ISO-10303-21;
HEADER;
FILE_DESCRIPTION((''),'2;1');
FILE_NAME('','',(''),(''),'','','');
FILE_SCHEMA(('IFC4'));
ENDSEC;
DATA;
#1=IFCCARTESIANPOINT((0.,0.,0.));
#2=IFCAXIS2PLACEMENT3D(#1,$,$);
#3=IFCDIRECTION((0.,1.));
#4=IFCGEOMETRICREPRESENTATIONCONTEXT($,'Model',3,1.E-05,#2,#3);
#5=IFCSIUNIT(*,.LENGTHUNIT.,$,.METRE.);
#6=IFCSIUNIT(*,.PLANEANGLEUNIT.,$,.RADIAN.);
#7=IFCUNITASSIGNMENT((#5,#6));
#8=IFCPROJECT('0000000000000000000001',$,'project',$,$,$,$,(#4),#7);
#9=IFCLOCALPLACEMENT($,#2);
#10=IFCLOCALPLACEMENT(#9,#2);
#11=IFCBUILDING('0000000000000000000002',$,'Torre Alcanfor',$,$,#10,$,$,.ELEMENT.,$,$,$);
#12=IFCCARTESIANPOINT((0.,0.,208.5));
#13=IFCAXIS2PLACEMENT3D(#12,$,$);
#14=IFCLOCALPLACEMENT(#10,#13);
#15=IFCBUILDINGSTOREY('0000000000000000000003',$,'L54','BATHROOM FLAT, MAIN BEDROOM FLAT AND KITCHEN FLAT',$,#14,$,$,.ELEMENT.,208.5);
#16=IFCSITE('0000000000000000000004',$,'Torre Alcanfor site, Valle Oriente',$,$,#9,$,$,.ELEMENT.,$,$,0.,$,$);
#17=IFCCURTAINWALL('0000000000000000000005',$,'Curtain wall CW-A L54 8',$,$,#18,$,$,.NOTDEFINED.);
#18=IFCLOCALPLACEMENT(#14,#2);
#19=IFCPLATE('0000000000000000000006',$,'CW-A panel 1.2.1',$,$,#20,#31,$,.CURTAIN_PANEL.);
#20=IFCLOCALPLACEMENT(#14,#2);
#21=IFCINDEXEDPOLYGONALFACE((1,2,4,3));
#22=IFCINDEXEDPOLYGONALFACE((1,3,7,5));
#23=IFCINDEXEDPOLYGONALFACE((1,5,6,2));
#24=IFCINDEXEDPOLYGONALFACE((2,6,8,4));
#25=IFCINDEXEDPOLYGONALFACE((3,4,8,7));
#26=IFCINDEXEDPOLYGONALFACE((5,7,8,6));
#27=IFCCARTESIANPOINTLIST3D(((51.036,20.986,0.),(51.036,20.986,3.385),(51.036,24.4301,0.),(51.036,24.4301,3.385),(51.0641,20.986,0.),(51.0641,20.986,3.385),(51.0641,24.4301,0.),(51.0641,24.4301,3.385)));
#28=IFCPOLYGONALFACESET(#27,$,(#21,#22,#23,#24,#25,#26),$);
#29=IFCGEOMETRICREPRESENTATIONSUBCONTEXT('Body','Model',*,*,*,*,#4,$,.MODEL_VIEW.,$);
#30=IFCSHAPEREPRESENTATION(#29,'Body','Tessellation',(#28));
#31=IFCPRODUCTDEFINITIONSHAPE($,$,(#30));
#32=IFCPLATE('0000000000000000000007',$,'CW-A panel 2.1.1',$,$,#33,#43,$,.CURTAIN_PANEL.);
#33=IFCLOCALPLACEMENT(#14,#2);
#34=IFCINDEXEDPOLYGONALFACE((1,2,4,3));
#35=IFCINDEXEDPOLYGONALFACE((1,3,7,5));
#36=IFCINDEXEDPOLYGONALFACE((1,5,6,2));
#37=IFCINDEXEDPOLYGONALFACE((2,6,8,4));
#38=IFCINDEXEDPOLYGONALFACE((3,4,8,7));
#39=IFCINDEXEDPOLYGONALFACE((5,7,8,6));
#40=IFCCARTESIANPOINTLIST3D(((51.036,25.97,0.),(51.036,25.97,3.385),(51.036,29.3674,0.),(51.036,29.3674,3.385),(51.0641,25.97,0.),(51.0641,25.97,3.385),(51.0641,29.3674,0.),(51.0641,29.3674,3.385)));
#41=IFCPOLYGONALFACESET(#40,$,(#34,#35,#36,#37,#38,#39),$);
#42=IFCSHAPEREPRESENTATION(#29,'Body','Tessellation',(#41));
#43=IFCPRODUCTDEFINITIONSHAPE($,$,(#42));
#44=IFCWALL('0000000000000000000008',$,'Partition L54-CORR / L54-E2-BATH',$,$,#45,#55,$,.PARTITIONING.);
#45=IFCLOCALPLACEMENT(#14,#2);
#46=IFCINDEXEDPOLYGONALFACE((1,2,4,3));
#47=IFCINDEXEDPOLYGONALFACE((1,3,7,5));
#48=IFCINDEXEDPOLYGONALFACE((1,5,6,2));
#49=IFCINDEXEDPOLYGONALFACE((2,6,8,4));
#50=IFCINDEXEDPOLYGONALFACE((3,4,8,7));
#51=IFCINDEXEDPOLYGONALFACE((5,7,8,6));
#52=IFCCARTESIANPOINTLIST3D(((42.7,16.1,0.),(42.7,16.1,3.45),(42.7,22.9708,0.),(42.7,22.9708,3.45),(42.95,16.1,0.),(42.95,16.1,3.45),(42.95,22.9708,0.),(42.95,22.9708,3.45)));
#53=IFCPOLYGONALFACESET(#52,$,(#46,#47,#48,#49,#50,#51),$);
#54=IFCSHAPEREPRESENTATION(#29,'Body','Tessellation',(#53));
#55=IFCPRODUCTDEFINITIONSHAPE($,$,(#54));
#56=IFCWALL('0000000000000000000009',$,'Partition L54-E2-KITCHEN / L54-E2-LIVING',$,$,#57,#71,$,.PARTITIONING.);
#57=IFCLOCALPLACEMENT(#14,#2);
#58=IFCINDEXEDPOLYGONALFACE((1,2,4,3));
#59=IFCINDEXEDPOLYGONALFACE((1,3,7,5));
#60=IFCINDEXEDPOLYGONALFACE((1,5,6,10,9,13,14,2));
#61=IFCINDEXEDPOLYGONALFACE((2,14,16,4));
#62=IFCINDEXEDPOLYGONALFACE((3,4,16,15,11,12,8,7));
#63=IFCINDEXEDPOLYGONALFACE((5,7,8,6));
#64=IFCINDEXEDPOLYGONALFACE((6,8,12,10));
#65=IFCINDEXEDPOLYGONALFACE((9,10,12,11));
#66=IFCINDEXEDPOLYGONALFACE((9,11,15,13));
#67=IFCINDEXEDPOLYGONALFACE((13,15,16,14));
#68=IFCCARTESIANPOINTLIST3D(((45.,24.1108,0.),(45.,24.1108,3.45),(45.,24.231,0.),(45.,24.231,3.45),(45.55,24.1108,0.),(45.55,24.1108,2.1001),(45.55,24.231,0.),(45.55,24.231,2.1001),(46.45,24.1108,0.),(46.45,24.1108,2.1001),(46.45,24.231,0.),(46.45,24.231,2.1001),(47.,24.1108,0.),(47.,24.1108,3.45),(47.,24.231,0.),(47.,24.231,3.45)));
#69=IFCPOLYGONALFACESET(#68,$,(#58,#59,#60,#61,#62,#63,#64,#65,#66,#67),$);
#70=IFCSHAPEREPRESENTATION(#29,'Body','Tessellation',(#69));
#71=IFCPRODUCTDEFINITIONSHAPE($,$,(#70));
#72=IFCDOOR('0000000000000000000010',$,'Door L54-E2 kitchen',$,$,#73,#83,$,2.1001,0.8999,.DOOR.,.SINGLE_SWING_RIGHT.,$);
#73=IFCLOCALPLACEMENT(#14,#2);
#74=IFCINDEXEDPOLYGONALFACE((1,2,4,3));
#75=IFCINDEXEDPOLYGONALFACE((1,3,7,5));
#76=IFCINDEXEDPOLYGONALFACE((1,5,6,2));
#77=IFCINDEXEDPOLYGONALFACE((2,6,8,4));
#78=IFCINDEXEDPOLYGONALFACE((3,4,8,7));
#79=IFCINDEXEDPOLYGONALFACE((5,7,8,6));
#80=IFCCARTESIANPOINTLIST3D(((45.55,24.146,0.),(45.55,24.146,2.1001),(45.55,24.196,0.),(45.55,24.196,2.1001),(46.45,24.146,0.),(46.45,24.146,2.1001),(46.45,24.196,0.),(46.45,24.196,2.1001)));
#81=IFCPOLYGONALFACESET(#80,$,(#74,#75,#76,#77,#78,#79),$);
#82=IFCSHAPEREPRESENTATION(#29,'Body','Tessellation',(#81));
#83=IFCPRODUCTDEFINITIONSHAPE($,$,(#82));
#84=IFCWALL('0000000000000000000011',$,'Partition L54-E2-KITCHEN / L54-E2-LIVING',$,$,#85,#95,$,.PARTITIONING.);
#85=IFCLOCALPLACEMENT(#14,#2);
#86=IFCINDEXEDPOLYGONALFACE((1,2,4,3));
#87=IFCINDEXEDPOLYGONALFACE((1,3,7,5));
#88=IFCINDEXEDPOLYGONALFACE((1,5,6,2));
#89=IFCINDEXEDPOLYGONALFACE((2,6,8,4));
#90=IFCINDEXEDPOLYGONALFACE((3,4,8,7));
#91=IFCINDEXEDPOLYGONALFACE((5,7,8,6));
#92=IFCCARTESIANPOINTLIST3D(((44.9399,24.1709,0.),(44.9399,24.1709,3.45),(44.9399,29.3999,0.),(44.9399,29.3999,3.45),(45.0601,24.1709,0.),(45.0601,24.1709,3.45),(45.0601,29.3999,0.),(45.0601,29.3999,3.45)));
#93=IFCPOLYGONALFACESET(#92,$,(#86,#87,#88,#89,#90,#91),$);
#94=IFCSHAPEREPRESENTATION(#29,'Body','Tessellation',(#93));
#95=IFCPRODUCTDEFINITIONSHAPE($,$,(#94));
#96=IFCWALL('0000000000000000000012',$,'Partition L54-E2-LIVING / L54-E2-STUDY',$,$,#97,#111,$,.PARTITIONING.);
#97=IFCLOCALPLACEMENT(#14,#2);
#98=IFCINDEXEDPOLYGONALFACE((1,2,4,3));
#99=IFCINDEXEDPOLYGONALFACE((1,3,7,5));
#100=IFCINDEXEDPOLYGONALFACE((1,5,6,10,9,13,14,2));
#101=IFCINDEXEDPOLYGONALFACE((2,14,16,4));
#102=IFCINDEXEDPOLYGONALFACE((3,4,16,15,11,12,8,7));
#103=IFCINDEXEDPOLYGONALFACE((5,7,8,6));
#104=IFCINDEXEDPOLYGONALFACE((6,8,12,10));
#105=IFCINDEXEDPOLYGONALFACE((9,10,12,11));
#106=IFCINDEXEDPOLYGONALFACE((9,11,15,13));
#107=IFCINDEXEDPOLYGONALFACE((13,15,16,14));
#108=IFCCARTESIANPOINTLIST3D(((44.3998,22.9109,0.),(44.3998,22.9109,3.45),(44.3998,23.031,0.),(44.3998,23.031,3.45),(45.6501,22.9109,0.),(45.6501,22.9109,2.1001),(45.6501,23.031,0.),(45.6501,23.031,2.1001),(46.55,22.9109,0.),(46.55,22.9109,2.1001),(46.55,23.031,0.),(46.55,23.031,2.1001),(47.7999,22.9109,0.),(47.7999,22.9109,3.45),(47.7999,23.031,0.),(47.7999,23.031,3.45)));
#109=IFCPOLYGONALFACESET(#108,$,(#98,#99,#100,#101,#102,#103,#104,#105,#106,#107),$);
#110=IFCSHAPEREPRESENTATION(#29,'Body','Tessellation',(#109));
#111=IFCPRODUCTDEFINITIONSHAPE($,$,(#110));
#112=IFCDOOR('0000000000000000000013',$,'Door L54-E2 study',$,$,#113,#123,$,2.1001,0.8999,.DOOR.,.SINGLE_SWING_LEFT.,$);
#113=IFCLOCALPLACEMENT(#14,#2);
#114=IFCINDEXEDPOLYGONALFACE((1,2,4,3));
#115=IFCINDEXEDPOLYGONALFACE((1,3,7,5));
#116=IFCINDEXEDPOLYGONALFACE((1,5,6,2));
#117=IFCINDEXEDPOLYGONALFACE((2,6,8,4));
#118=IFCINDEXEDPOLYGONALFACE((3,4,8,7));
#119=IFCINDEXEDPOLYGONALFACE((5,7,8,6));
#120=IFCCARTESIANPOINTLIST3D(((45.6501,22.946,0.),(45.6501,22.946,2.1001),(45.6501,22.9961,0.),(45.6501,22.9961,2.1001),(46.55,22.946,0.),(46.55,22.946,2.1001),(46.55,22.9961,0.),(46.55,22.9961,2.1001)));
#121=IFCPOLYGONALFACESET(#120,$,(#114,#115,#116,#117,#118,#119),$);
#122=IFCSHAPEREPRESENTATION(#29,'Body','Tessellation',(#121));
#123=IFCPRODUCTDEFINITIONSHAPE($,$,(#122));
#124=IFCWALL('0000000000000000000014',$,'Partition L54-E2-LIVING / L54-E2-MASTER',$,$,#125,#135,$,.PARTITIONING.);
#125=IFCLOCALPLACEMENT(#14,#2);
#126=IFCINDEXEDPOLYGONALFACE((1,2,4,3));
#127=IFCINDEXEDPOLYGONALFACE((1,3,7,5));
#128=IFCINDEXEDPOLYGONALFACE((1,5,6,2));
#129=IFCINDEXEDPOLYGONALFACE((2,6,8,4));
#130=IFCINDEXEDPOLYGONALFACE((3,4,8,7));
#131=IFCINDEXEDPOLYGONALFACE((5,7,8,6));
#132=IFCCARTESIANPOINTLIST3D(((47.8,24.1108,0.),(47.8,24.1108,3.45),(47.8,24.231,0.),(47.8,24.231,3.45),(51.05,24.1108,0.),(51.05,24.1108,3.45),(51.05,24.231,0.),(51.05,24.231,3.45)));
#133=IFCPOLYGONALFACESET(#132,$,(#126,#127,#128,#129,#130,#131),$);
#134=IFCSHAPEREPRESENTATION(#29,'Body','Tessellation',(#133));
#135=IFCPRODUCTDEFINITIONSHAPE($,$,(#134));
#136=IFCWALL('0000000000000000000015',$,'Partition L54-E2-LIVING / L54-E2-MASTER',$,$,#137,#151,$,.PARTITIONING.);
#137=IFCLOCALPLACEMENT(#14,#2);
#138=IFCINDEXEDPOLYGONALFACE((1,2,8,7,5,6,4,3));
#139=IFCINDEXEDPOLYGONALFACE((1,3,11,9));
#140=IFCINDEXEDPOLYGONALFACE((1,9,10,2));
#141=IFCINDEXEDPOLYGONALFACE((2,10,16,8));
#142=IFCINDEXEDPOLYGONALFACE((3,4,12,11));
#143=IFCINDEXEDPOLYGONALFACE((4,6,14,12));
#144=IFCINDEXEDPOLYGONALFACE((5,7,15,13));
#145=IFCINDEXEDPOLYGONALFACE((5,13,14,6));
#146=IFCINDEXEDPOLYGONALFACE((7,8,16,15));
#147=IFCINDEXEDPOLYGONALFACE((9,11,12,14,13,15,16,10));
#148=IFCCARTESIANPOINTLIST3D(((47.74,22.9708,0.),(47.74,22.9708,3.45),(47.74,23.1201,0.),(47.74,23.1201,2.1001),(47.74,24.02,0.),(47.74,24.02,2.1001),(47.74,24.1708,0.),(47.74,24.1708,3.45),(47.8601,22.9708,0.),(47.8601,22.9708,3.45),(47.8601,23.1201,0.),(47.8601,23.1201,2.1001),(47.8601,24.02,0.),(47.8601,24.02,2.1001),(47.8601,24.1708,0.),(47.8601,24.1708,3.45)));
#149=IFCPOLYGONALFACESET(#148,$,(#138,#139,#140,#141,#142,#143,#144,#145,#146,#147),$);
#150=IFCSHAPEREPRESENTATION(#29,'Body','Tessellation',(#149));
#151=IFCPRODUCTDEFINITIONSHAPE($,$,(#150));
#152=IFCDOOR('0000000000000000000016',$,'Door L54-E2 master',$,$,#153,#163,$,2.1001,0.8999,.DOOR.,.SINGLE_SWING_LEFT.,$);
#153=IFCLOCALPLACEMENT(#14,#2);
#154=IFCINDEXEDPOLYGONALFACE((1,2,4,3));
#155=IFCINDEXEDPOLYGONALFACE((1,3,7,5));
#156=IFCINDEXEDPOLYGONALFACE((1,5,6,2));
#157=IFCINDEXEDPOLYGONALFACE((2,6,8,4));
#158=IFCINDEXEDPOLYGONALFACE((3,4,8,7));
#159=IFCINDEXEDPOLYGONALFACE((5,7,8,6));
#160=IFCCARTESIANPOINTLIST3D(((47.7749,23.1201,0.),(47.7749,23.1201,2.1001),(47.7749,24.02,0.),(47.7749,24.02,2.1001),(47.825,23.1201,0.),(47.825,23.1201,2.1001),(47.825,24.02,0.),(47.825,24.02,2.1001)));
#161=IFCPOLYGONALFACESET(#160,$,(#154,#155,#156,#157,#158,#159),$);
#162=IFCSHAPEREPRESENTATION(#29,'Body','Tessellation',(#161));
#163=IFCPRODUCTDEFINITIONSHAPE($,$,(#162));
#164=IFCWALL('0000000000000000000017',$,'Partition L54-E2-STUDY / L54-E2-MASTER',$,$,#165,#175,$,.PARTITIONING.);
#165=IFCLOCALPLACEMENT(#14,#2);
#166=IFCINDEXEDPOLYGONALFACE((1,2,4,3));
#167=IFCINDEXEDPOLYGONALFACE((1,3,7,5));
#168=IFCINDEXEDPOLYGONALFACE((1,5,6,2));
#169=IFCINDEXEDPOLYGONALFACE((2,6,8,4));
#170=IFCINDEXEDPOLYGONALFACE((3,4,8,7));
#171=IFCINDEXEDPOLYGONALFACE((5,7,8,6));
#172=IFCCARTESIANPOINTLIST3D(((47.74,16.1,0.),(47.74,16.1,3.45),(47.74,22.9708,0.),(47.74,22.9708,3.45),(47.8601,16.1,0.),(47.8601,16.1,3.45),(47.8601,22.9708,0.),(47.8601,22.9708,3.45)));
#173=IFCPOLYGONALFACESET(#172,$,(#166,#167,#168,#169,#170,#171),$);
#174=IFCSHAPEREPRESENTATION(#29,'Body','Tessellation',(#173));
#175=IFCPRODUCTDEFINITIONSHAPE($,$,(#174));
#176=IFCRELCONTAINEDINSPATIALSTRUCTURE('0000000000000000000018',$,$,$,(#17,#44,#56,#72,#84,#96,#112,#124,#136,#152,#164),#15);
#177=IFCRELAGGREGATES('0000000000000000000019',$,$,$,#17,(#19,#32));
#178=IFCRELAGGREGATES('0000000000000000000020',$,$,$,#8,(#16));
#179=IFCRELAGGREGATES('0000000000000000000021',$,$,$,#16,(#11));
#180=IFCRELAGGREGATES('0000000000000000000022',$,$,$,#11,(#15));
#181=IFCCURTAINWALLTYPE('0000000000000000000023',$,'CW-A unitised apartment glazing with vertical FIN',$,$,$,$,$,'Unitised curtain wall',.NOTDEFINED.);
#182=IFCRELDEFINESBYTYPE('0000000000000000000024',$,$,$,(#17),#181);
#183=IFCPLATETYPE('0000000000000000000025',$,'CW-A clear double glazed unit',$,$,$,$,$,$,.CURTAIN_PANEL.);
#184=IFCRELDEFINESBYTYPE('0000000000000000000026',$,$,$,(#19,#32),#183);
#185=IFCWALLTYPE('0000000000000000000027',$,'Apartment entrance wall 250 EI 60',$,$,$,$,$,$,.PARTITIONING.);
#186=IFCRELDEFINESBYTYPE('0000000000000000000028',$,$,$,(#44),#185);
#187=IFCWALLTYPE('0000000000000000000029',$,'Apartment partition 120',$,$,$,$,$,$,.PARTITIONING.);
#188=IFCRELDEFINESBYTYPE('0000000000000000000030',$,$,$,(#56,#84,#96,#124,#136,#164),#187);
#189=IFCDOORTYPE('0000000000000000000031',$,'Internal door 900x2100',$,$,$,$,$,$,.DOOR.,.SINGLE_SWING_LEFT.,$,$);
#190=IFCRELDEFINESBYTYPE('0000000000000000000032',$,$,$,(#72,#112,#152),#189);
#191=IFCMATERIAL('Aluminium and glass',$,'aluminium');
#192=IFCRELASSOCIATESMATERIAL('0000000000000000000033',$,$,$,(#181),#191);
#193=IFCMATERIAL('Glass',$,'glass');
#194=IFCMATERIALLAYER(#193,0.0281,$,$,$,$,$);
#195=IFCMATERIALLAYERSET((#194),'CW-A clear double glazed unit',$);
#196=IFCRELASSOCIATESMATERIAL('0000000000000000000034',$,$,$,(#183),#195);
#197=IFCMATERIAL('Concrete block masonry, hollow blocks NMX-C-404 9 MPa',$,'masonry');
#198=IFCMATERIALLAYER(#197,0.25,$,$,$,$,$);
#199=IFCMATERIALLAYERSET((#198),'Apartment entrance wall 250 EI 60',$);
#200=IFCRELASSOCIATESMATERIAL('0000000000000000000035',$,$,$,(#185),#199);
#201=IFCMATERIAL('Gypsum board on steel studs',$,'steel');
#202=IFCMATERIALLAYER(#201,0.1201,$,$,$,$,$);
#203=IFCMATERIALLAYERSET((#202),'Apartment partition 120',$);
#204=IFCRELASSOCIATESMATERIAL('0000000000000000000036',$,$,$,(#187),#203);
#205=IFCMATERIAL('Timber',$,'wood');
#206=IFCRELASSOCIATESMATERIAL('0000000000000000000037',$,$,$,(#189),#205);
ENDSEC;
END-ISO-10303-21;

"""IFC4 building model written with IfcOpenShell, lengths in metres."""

from ifc_helpers import new_model, si_unit, direction, frame, frame_2d, origin, origin_2d, place, context, subcontext, project, spatial, rectangle, extrude, material, layer, layer_set, type_object, element, fill, aggregate, save


model = new_model("IFC4")

# Units and contexts
model_context = context("Model", 3, precision=1e-05, world=origin(), true_north=direction((0.0, 1.0)))
body_context = subcontext(model_context, "Body", "Model", "MODEL_VIEW")
ifc_project = project(units=[si_unit("LENGTHUNIT", "METRE"), si_unit("PLANEANGLEUNIT", "RADIAN")], contexts=[model_context])

# Site, building, storey
site_placement = place(None, origin())
site = spatial("IfcSite", under=ifc_project, at=site_placement, Name="Torre Alcanfor site, Valle Oriente", CompositionType="ELEMENT", RefElevation=0.0)
building_placement = place(site_placement, origin())
building = spatial("IfcBuilding", under=site, at=building_placement, Name="Torre Alcanfor", CompositionType="ELEMENT")
storey_placement = place(building_placement, frame((0.0, 0.0, 208.5)))
storey = spatial("IfcBuildingStorey", under=building, at=storey_placement, Name="L54", Description="BATHROOM FLAT, MAIN BEDROOM FLAT AND KITCHEN FLAT", CompositionType="ELEMENT", Elevation=208.5)

# Curtain wall
ifc_material_1 = material(Name="Aluminium and glass", Category="aluminium")
curtain_wall_type = type_object("IfcCurtainWallType", Name="CW-A unitised apartment glazing with vertical FIN", ElementType="Unitised curtain wall", PredefinedType="NOTDEFINED", material=ifc_material_1)
curtain_wall_placement = place(storey_placement, origin())
curtain_wall = element("IfcCurtainWall", 1, at=curtain_wall_placement, inside=storey, type_object=curtain_wall_type, Name="Curtain wall CW-A L54 8", PredefinedType="NOTDEFINED")

# Plates
ifc_material_2 = material(Name="Glass", Category="glass")
ifc_layer_1 = layer(ifc_material_2, 0.0281)
ifc_layer_set_1 = layer_set([ifc_layer_1], Name="CW-A clear double glazed unit")
plate_type = type_object("IfcPlateType", Name="CW-A clear double glazed unit", PredefinedType="CURTAIN_PANEL", material=ifc_layer_set_1)
plate_1_placement = place(storey_placement, frame((51.05, 22.708, 0.0), z_axis=(0.0, 0.0, 1.0), x_axis=(0.0, 1.0, 0.0)))
plate_1 = element("IfcPlate", 2, at=plate_1_placement, type_object=plate_type, Name="CW-A panel 1.2.1", PredefinedType="CURTAIN_PANEL", context=body_context, shape_type="SweptSolid", body=[
    extrude(rectangle(XDim=3.4441, YDim=0.0281, at=origin_2d()), origin(), (0.0, 0.0, 1.0), 3.385),
])
plate_2_placement = place(storey_placement, frame((51.05, 27.6687, 0.0), z_axis=(0.0, 0.0, 1.0), x_axis=(0.0, 1.0, 0.0)))
plate_2 = element("IfcPlate", 3, at=plate_2_placement, type_object=plate_type, Name="CW-A panel 2.1.1", PredefinedType="CURTAIN_PANEL", context=body_context, shape_type="SweptSolid", body=[
    extrude(rectangle(XDim=3.3975, YDim=0.0281, at=origin_2d()), origin(), (0.0, 0.0, 1.0), 3.385),
])
aggregate(curtain_wall, [plate_1, plate_2])

# Wall
ifc_material_3 = material(Name="Concrete block masonry, hollow blocks NMX-C-404 9 MPa", Category="masonry")
ifc_layer_2 = layer(ifc_material_3, 0.25)
ifc_layer_set_2 = layer_set([ifc_layer_2], Name="Apartment entrance wall 250 EI 60")
wall_type_1 = type_object("IfcWallType", Name="Apartment entrance wall 250 EI 60", PredefinedType="PARTITIONING", material=ifc_layer_set_2)
wall_1_placement = place(storey_placement, frame((42.825, 22.9709, 0.0), z_axis=(0.0, 0.0, 1.0), x_axis=(0.0, -1.0, 0.0)))
element("IfcWall", 4, at=wall_1_placement, inside=storey, type_object=wall_type_1, Name="Partition L54-CORR / L54-E2-BATH", PredefinedType="PARTITIONING", context=body_context, shape_type="SweptSolid", body=[
    extrude(rectangle(XDim=6.8708, YDim=0.25, at=frame_2d((3.4355, 0.0))), origin(), (0.0, 0.0, 1.0), 3.45),
])

# Wall, opening, door
ifc_material_4 = material(Name="Gypsum board on steel studs", Category="steel")
ifc_layer_3 = layer(ifc_material_4, 0.1201)
ifc_layer_set_3 = layer_set([ifc_layer_3], Name="Apartment partition 120")
wall_type_2 = type_object("IfcWallType", Name="Apartment partition 120", PredefinedType="PARTITIONING", material=ifc_layer_set_3)
wall_2_placement = place(storey_placement, frame((47.0, 24.1709, 0.0), z_axis=(0.0, 0.0, 1.0), x_axis=(-1.0, 0.0, 0.0)))
wall_2 = element("IfcWall", 5, at=wall_2_placement, inside=storey, type_object=wall_type_2, Name="Partition L54-E2-KITCHEN / L54-E2-LIVING", PredefinedType="PARTITIONING", context=body_context, shape_type="SweptSolid", body=[
    extrude(rectangle(XDim=2.0, YDim=0.1201, at=frame_2d((1.0, 0.0))), origin(), (0.0, 0.0, 1.0), 3.45),
])
opening_1_placement = place(wall_2_placement, frame((0.55, 0.0, 0.0)))
opening_1 = element("IfcOpeningElement", 6, at=opening_1_placement, cuts=wall_2, PredefinedType="OPENING", context=body_context, shape_type="SweptSolid", body=[
    extrude(rectangle(XDim=0.8999, YDim=2.1001, at=frame_2d((0.45, 1.05))), frame((0.0, 0.0701, 0.0), z_axis=(0.0, -1.0, 0.0), x_axis=(1.0, 0.0, 0.0)), (0.0, 0.0, 1.0), 0.1401),
])
ifc_material_5 = material(Name="Timber", Category="wood")
door_type_1 = type_object("IfcDoorType", Name="Internal door 900x2100", OperationType="SINGLE_SWING_LEFT", PredefinedType="DOOR", material=ifc_material_5)
door_1_placement = place(opening_1_placement, frame((0.8999, 0.0, 0.0), z_axis=(0.0, 0.0, 1.0), x_axis=(-1.0, 0.0, 0.0)))
door_1 = element("IfcDoor", 7, at=door_1_placement, inside=storey, type_object=door_type_1, Name="Door L54-E2 kitchen", OperationType="SINGLE_SWING_RIGHT", OverallHeight=2.1001, OverallWidth=0.8999, PredefinedType="DOOR", context=body_context, shape_type="SweptSolid", body=[
    extrude(rectangle(XDim=0.8999, YDim=2.1001, at=frame_2d((0.45, 1.05))), frame((0.0, 0.0251, 0.0), z_axis=(0.0, -1.0, 0.0), x_axis=(1.0, 0.0, 0.0)), (0.0, 0.0, 1.0), 0.05),
])
fill(opening_1, door_1)

# Wall
wall_3_placement = place(storey_placement, frame((45.0, 24.1709, 0.0), z_axis=(0.0, 0.0, 1.0), x_axis=(0.0, 1.0, 0.0)))
element("IfcWall", 8, at=wall_3_placement, inside=storey, type_object=wall_type_2, Name="Partition L54-E2-KITCHEN / L54-E2-LIVING", PredefinedType="PARTITIONING", context=body_context, shape_type="SweptSolid", body=[
    extrude(rectangle(XDim=5.229, YDim=0.1201, at=frame_2d((2.6145, 0.0))), origin(), (0.0, 0.0, 1.0), 3.45),
])

# Wall, opening, door
wall_4_placement = place(storey_placement, frame((47.8, 22.9709, 0.0), z_axis=(0.0, 0.0, 1.0), x_axis=(-1.0, 0.0, 0.0)))
wall_4 = element("IfcWall", 9, at=wall_4_placement, inside=storey, type_object=wall_type_2, Name="Partition L54-E2-LIVING / L54-E2-STUDY", PredefinedType="PARTITIONING", context=body_context, shape_type="SweptSolid", body=[
    extrude(rectangle(XDim=3.4001, YDim=0.1201, at=frame_2d((1.7002, 0.0))), origin(), (0.0, 0.0, 1.0), 3.45),
])
opening_2_placement = place(wall_4_placement, frame((1.25, 0.0, 0.0)))
opening_2 = element("IfcOpeningElement", 10, at=opening_2_placement, cuts=wall_4, PredefinedType="OPENING", context=body_context, shape_type="SweptSolid", body=[
    extrude(rectangle(XDim=0.8999, YDim=2.1001, at=frame_2d((0.45, 1.05))), frame((0.0, 0.0701, 0.0), z_axis=(0.0, -1.0, 0.0), x_axis=(1.0, 0.0, 0.0)), (0.0, 0.0, 1.0), 0.1401),
])
door_2_placement = place(opening_2_placement, origin())
door_2 = element("IfcDoor", 11, at=door_2_placement, inside=storey, type_object=door_type_1, Name="Door L54-E2 study", OperationType="SINGLE_SWING_LEFT", OverallHeight=2.1001, OverallWidth=0.8999, PredefinedType="DOOR", context=body_context, shape_type="SweptSolid", body=[
    extrude(rectangle(XDim=0.8999, YDim=2.1001, at=frame_2d((0.45, 1.05))), frame((0.0, 0.0249, 0.0), z_axis=(0.0, -1.0, 0.0), x_axis=(1.0, 0.0, 0.0)), (0.0, 0.0, 1.0), 0.05),
])
fill(opening_2, door_2)

# Wall
wall_5_placement = place(storey_placement, frame((51.05, 24.1709, 0.0), z_axis=(0.0, 0.0, 1.0), x_axis=(-1.0, 0.0, 0.0)))
element("IfcWall", 12, at=wall_5_placement, inside=storey, type_object=wall_type_2, Name="Partition L54-E2-LIVING / L54-E2-MASTER", PredefinedType="PARTITIONING", context=body_context, shape_type="SweptSolid", body=[
    extrude(rectangle(XDim=3.25, YDim=0.1201, at=frame_2d((1.625, 0.0))), origin(), (0.0, 0.0, 1.0), 3.45),
])

# Wall, opening, door
wall_6_placement = place(storey_placement, frame((47.8, 24.1709, 0.0), z_axis=(0.0, 0.0, 1.0), x_axis=(0.0, -1.0, 0.0)))
wall_6 = element("IfcWall", 13, at=wall_6_placement, inside=storey, type_object=wall_type_2, Name="Partition L54-E2-LIVING / L54-E2-MASTER", PredefinedType="PARTITIONING", context=body_context, shape_type="SweptSolid", body=[
    extrude(rectangle(XDim=1.2, YDim=0.1201, at=frame_2d((0.6001, 0.0))), origin(), (0.0, 0.0, 1.0), 3.45),
])
opening_3_placement = place(wall_6_placement, frame((0.1509, 0.0, 0.0)))
opening_3 = element("IfcOpeningElement", 14, at=opening_3_placement, cuts=wall_6, PredefinedType="OPENING", context=body_context, shape_type="SweptSolid", body=[
    extrude(rectangle(XDim=0.8999, YDim=2.1001, at=frame_2d((0.45, 1.05))), frame((0.0, 0.0701, 0.0), z_axis=(0.0, -1.0, 0.0), x_axis=(1.0, 0.0, 0.0)), (0.0, 0.0, 1.0), 0.1401),
])
door_3_placement = place(opening_3_placement, origin())
door_3 = element("IfcDoor", 15, at=door_3_placement, inside=storey, type_object=door_type_1, Name="Door L54-E2 master", OperationType="SINGLE_SWING_LEFT", OverallHeight=2.1001, OverallWidth=0.8999, PredefinedType="DOOR", context=body_context, shape_type="SweptSolid", body=[
    extrude(rectangle(XDim=0.8999, YDim=2.1001, at=frame_2d((0.45, 1.05))), frame((0.0, 0.0249, 0.0), z_axis=(0.0, -1.0, 0.0), x_axis=(1.0, 0.0, 0.0)), (0.0, 0.0, 1.0), 0.05),
])
fill(opening_3, door_3)

# Wall
wall_7_placement = place(storey_placement, frame((47.8, 22.9709, 0.0), z_axis=(0.0, 0.0, 1.0), x_axis=(0.0, -1.0, 0.0)))
element("IfcWall", 16, at=wall_7_placement, inside=storey, type_object=wall_type_2, Name="Partition L54-E2-STUDY / L54-E2-MASTER", PredefinedType="PARTITIONING", context=body_context, shape_type="SweptSolid", body=[
    extrude(rectangle(XDim=6.8708, YDim=0.1201, at=frame_2d((3.4355, 0.0))), origin(), (0.0, 0.0, 1.0), 3.45),
])

save(model, "model.ifc")
